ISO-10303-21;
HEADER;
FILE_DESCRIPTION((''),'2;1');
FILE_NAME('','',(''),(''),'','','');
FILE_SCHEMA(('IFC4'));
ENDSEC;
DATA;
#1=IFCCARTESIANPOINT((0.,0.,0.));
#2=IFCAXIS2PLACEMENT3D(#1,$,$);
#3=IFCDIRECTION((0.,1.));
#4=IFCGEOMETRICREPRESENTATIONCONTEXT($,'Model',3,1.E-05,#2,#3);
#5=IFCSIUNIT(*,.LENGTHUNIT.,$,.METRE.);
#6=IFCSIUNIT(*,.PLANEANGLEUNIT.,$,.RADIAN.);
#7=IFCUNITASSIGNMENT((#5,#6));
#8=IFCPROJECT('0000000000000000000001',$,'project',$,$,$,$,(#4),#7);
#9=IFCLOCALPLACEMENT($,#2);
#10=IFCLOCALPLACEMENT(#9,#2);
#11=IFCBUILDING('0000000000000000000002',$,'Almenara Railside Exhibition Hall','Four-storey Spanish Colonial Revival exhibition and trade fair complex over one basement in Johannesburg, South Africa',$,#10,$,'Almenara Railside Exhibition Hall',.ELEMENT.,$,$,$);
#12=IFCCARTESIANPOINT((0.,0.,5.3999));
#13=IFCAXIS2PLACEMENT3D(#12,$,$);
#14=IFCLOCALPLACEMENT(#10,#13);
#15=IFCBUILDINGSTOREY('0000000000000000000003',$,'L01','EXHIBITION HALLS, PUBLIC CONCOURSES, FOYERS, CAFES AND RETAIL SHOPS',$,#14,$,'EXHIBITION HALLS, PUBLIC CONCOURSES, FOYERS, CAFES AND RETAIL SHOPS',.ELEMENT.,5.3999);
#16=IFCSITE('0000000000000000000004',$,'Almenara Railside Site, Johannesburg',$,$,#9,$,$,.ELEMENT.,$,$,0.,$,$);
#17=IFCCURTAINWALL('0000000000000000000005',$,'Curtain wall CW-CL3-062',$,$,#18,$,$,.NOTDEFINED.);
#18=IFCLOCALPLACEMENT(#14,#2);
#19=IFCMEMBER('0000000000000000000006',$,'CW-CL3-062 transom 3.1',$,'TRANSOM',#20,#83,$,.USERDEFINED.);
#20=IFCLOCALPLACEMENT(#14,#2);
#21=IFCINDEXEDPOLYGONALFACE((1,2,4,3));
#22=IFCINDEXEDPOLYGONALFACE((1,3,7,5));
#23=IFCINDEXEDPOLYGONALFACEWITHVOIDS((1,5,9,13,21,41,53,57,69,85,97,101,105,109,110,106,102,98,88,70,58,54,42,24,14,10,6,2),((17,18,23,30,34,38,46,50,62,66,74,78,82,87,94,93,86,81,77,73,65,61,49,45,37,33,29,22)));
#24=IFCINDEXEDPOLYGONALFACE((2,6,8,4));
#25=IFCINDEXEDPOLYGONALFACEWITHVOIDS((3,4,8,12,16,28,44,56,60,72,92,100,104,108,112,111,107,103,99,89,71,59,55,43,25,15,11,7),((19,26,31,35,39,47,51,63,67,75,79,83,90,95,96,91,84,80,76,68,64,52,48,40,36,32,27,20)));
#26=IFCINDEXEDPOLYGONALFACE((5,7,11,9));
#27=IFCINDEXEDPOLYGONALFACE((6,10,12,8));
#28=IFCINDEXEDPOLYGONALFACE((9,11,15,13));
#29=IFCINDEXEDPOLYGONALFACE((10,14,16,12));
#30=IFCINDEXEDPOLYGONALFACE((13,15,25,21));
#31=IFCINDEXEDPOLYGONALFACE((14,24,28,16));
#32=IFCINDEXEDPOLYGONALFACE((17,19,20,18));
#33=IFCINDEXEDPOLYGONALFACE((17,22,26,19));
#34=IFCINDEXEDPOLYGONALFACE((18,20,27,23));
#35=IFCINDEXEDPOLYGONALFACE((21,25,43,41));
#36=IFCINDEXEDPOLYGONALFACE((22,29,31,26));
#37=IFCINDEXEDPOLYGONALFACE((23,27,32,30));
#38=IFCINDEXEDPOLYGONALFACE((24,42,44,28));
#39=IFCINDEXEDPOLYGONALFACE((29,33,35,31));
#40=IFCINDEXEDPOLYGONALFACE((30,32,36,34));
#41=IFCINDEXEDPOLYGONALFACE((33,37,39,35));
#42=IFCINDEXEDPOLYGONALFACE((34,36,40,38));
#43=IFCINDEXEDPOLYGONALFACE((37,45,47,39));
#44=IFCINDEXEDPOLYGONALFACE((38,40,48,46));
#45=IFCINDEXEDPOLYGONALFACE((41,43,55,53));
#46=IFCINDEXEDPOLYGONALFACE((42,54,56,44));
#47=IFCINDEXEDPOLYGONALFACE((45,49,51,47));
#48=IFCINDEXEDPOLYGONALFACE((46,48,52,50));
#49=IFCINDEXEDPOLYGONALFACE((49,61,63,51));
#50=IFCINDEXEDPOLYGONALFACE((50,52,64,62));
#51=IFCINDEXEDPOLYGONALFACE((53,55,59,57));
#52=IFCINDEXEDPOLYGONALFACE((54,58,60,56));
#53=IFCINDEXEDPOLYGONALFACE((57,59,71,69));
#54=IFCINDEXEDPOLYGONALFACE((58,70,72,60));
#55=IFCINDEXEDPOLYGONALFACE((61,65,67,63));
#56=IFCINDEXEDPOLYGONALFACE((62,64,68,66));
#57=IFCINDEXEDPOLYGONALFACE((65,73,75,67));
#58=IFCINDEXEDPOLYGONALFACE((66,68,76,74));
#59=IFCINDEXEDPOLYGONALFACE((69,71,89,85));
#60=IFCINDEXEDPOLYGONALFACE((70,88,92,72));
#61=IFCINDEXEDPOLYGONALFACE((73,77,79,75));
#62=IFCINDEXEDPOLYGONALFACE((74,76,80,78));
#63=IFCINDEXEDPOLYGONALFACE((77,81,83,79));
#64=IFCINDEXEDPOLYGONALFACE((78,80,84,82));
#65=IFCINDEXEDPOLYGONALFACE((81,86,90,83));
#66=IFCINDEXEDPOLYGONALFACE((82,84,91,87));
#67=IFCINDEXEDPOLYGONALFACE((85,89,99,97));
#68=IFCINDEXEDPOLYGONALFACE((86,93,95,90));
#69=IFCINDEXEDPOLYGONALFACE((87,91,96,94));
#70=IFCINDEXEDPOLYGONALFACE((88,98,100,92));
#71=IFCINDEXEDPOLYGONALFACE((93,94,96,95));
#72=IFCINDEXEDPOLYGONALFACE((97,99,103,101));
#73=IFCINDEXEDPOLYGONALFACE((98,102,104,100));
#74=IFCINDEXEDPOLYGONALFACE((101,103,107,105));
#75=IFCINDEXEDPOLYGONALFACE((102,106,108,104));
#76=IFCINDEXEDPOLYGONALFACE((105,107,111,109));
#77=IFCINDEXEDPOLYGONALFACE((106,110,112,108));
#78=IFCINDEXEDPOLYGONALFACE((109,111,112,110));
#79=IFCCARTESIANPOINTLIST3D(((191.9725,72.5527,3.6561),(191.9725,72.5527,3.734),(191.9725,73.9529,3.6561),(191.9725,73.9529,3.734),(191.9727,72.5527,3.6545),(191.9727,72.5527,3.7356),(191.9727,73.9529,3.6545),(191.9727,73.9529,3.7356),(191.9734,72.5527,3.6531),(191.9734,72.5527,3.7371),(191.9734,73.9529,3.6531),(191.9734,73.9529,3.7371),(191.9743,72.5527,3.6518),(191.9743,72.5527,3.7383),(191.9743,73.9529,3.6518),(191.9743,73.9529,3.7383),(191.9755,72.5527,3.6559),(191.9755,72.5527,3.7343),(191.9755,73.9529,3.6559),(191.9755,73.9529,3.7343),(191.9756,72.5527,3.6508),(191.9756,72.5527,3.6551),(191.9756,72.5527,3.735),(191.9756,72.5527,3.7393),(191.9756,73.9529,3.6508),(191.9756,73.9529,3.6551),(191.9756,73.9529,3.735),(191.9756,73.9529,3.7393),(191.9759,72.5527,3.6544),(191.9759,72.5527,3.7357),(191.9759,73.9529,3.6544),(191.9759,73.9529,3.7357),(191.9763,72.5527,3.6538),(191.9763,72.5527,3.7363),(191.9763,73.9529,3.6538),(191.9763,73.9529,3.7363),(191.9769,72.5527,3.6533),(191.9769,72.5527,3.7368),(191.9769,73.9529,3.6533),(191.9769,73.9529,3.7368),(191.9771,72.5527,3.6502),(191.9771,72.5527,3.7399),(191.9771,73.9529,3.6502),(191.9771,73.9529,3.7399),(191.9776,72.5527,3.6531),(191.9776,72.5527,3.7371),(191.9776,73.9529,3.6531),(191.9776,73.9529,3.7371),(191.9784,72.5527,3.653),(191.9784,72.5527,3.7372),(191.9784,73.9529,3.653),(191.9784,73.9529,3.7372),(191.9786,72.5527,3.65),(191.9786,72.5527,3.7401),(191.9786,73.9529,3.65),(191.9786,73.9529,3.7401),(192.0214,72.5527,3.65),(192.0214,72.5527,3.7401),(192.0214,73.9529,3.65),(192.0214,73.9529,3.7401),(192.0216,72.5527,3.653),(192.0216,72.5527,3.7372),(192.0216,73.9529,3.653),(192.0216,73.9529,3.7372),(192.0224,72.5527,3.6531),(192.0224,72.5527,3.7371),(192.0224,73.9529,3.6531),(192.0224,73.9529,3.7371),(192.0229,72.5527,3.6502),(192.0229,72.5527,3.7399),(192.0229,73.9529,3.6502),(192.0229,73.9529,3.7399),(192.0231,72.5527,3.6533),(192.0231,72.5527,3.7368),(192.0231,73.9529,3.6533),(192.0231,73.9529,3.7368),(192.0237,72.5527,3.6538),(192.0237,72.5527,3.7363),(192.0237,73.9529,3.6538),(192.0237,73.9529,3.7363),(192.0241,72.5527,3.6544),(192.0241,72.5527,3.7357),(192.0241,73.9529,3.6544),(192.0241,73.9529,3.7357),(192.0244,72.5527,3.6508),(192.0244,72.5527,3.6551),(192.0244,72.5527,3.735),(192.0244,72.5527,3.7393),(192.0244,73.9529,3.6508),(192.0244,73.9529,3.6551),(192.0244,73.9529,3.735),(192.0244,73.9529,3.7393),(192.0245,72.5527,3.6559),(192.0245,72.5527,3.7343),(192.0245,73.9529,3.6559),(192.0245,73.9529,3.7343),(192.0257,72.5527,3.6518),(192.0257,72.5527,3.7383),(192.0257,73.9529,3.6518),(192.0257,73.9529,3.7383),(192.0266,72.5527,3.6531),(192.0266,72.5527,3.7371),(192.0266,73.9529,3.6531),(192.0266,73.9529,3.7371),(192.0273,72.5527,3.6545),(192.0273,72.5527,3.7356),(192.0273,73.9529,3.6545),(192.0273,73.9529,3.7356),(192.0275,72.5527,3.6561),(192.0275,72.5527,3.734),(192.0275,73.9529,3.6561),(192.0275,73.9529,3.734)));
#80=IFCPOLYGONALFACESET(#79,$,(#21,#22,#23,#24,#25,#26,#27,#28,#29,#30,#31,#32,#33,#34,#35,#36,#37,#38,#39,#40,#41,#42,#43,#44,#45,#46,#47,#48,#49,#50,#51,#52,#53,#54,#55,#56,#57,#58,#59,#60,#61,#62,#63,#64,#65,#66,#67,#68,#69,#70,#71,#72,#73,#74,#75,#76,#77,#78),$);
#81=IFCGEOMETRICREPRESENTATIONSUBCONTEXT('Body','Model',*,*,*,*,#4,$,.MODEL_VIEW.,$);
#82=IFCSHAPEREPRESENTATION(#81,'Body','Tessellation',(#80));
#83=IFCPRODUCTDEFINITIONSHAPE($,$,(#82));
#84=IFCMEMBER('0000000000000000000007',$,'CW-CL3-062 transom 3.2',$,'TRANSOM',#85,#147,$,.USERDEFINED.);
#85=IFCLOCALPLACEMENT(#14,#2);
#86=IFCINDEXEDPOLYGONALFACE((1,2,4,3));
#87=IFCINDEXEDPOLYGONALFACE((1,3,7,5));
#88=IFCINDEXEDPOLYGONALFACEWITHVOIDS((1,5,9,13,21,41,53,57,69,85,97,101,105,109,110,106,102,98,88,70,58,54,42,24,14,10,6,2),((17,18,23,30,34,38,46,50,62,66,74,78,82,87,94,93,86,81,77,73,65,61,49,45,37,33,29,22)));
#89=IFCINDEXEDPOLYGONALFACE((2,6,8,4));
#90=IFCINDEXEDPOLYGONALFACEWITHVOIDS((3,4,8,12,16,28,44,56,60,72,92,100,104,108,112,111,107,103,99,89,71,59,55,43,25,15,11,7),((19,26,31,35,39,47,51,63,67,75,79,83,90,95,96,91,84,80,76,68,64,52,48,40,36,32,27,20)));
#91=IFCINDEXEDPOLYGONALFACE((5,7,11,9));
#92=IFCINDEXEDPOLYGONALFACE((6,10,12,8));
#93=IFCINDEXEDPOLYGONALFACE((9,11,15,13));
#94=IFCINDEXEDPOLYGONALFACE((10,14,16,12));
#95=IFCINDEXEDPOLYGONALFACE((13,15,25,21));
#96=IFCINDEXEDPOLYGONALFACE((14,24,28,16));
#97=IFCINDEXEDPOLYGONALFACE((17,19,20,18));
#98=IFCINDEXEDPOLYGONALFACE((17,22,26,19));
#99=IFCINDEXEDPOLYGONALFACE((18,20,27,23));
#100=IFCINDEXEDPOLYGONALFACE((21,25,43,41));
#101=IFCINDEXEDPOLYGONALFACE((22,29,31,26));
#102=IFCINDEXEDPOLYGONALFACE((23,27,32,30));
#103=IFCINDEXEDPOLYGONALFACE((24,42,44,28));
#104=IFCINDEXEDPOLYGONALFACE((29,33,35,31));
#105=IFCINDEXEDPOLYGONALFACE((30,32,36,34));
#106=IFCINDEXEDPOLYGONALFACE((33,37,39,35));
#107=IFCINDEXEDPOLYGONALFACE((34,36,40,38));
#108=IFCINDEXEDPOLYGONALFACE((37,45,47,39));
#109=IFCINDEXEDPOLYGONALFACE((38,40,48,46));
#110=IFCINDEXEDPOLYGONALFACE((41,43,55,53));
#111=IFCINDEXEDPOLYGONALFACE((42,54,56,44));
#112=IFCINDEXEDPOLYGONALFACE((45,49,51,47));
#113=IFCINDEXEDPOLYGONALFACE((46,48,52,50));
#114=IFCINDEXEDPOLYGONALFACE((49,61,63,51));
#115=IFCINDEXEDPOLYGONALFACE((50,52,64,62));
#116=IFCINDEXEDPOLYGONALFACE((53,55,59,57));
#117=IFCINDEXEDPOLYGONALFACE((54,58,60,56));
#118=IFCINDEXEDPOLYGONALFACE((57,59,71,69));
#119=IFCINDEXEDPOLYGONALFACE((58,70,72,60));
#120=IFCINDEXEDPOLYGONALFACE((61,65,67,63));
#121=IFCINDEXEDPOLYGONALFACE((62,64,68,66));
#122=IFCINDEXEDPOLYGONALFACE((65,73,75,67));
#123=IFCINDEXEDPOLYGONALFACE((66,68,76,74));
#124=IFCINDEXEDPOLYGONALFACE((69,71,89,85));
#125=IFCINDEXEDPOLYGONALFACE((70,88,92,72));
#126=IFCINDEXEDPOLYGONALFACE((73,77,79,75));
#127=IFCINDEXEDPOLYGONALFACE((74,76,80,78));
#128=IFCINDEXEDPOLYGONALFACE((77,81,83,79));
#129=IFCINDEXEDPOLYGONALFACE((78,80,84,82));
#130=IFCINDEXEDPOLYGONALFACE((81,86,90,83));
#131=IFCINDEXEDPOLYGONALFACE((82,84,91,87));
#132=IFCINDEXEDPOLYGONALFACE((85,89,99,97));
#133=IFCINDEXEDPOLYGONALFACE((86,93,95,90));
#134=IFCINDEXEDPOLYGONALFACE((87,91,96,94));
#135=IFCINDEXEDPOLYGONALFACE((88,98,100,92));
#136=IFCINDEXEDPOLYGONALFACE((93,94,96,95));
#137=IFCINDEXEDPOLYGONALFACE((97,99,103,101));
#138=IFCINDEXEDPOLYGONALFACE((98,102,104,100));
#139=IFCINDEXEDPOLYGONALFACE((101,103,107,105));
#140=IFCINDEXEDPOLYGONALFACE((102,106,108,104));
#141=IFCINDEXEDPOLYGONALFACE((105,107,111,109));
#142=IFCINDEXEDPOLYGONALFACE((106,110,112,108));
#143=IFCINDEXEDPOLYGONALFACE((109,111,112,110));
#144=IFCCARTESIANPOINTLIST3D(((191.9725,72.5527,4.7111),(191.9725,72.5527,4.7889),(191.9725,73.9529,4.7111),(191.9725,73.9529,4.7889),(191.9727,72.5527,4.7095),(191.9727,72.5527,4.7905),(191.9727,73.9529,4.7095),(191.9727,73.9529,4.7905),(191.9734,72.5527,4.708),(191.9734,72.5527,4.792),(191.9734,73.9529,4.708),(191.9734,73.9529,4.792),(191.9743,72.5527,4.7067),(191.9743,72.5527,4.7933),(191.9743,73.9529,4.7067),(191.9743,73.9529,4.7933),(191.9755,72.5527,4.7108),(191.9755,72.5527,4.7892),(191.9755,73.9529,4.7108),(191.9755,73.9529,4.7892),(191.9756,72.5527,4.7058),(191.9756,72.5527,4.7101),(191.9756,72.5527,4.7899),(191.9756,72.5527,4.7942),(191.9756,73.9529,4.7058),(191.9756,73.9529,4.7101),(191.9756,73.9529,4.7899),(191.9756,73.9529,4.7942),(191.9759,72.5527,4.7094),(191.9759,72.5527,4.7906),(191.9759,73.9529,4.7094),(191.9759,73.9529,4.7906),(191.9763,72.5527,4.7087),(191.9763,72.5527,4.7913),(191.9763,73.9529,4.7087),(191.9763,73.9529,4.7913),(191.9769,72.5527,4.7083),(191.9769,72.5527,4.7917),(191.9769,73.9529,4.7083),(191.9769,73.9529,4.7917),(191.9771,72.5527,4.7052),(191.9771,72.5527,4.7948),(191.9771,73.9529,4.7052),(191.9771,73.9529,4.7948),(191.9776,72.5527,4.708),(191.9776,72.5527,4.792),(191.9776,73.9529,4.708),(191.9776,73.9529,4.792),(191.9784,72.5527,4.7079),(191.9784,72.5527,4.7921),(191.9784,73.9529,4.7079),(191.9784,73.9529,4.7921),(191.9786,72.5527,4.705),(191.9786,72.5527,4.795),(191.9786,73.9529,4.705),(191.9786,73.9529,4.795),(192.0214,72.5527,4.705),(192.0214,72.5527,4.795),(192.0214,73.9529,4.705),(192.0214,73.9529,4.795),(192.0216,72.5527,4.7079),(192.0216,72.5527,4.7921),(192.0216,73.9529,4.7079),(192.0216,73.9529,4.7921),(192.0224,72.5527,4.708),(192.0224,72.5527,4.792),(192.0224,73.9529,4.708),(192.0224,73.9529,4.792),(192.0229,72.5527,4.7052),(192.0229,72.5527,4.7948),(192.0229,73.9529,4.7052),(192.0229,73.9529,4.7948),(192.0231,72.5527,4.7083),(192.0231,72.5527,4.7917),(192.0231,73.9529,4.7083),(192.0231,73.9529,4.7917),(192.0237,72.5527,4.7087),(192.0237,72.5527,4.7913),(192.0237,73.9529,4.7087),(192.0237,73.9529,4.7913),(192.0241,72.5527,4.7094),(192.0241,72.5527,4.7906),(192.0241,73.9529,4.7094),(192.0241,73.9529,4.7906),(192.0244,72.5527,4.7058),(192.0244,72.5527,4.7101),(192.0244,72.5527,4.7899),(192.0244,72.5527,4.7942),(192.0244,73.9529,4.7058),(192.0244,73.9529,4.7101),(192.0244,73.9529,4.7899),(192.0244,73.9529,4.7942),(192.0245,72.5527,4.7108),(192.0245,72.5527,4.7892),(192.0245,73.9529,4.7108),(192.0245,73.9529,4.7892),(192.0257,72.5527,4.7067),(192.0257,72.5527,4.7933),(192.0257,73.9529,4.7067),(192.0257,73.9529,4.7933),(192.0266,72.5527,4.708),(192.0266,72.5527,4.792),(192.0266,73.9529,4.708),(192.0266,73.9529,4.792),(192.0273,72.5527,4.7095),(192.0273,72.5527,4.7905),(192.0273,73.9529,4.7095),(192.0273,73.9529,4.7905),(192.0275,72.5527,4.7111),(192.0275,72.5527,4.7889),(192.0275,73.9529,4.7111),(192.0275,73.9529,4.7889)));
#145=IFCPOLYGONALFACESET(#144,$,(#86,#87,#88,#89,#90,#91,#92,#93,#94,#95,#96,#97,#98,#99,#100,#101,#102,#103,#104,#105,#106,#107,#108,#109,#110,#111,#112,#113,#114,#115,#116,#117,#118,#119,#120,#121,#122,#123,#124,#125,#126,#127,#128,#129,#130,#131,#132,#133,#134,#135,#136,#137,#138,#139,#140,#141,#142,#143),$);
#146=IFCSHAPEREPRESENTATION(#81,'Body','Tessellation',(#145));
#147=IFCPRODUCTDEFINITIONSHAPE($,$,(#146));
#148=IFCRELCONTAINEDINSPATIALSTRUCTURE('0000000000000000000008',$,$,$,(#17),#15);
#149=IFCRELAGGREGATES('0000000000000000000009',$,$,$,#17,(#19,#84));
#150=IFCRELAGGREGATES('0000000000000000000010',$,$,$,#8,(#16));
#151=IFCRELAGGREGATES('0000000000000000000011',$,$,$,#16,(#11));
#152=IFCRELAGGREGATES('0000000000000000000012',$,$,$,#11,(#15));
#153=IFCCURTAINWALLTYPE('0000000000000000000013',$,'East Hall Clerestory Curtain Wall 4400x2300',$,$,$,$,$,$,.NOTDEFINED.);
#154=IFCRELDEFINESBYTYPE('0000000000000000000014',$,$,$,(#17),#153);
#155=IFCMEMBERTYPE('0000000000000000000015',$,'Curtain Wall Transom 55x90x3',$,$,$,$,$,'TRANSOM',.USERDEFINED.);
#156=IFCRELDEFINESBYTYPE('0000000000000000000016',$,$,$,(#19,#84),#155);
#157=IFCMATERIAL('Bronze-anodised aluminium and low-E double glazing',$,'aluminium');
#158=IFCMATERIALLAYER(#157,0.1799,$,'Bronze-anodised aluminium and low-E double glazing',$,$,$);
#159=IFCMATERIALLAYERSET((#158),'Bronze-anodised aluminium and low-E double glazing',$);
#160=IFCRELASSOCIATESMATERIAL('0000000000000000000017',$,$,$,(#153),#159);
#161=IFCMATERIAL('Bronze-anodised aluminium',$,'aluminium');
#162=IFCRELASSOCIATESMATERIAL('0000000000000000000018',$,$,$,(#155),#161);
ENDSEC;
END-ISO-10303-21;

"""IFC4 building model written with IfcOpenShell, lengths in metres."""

from ifc_helpers import new_model, si_unit, direction, frame, origin, origin_2d, place, context, subcontext, project, spatial, hollow_rectangle, extrude, material, layer, layer_set, material_profile, profile_set, type_object, element, aggregate, save


model = new_model("IFC4")

# Units and contexts
model_context = context("Model", 3, precision=1e-05, world=origin(), true_north=direction((0.0, 1.0)))
body_context = subcontext(model_context, "Body", "Model", "MODEL_VIEW")
ifc_project = project(units=[si_unit("LENGTHUNIT", "METRE"), si_unit("PLANEANGLEUNIT", "RADIAN")], contexts=[model_context])

# Site, building, storey
site_placement = place(None, origin())
site = spatial("IfcSite", under=ifc_project, at=site_placement, Name="Almenara Railside Site, Johannesburg", CompositionType="ELEMENT", RefElevation=0.0)
building_placement = place(site_placement, origin())
building = spatial("IfcBuilding", under=site, at=building_placement, Name="Almenara Railside Exhibition Hall", Description="Four-storey Spanish Colonial Revival exhibition and trade fair complex over one basement in Johannesburg, South Africa", LongName="Almenara Railside Exhibition Hall", CompositionType="ELEMENT")
storey_placement = place(building_placement, frame((0.0, 0.0, 5.3999)))
storey = spatial("IfcBuildingStorey", under=building, at=storey_placement, Name="L01", Description="EXHIBITION HALLS, PUBLIC CONCOURSES, FOYERS, CAFES AND RETAIL SHOPS", LongName="EXHIBITION HALLS, PUBLIC CONCOURSES, FOYERS, CAFES AND RETAIL SHOPS", CompositionType="ELEMENT", Elevation=5.3999)

# Curtain wall, members
ifc_material_1 = material(Name="Bronze-anodised aluminium and low-E double glazing", Category="aluminium")
ifc_layer_1 = layer(ifc_material_1, 0.1799, Name="Bronze-anodised aluminium and low-E double glazing")
ifc_layer_set_1 = layer_set([ifc_layer_1], Name="Bronze-anodised aluminium and low-E double glazing")
curtain_wall_type = type_object("IfcCurtainWallType", Name="East Hall Clerestory Curtain Wall 4400x2300", PredefinedType="NOTDEFINED", material=ifc_layer_set_1)
curtain_wall_placement = place(storey_placement, origin())
curtain_wall = element("IfcCurtainWall", 1, at=curtain_wall_placement, inside=storey, type_object=curtain_wall_type, Name="Curtain wall CW-CL3-062", PredefinedType="NOTDEFINED")
ifc_material_2 = material(Name="Bronze-anodised aluminium", Category="aluminium")
ifc_material_profile_1 = material_profile(ifc_material_2, hollow_rectangle(XDim=0.0549, YDim=0.0901, WallThickness=0.0029, InnerFilletRadius=0.0029, OuterFilletRadius=0.0061, at=origin_2d()), Name="ALU-TRN 55x90x3")
ifc_profile_set_1 = profile_set([ifc_material_profile_1], Name="Bronze-anodised aluminium")
member_type_1 = type_object("IfcMemberType", Name="Curtain Wall Transom 55x90x3", ElementType="TRANSOM", PredefinedType="USERDEFINED", material=ifc_profile_set_1)
member_1_placement = place(storey_placement, frame((192.0, 72.5527, 3.6951), z_axis=(0.0, 1.0, 0.0), x_axis=(-1.0, 0.0, 0.0)))
member_1 = element("IfcMember", 2, at=member_1_placement, type_object=member_type_1, Name="CW-CL3-062 transom 3.1", ObjectType="TRANSOM", PredefinedType="USERDEFINED", context=body_context, shape_type="SweptSolid", body=[
    extrude(hollow_rectangle(XDim=0.0549, YDim=0.0901, WallThickness=0.0029, InnerFilletRadius=0.0029, OuterFilletRadius=0.0061, at=origin_2d()), origin(), (0.0, 0.0, 1.0), 1.4001),
])
member_2_placement = place(storey_placement, frame((192.0, 72.5527, 4.75), z_axis=(0.0, 1.0, 0.0), x_axis=(-1.0, 0.0, 0.0)))
member_2 = element("IfcMember", 3, at=member_2_placement, type_object=member_type_1, Name="CW-CL3-062 transom 3.2", ObjectType="TRANSOM", PredefinedType="USERDEFINED", context=body_context, shape_type="SweptSolid", body=[
    extrude(hollow_rectangle(XDim=0.0549, YDim=0.0901, WallThickness=0.0029, InnerFilletRadius=0.0029, OuterFilletRadius=0.0061, at=origin_2d()), origin(), (0.0, 0.0, 1.0), 1.4001),
])

aggregate(curtain_wall, [member_1, member_2])

save(model, "model.ifc")
